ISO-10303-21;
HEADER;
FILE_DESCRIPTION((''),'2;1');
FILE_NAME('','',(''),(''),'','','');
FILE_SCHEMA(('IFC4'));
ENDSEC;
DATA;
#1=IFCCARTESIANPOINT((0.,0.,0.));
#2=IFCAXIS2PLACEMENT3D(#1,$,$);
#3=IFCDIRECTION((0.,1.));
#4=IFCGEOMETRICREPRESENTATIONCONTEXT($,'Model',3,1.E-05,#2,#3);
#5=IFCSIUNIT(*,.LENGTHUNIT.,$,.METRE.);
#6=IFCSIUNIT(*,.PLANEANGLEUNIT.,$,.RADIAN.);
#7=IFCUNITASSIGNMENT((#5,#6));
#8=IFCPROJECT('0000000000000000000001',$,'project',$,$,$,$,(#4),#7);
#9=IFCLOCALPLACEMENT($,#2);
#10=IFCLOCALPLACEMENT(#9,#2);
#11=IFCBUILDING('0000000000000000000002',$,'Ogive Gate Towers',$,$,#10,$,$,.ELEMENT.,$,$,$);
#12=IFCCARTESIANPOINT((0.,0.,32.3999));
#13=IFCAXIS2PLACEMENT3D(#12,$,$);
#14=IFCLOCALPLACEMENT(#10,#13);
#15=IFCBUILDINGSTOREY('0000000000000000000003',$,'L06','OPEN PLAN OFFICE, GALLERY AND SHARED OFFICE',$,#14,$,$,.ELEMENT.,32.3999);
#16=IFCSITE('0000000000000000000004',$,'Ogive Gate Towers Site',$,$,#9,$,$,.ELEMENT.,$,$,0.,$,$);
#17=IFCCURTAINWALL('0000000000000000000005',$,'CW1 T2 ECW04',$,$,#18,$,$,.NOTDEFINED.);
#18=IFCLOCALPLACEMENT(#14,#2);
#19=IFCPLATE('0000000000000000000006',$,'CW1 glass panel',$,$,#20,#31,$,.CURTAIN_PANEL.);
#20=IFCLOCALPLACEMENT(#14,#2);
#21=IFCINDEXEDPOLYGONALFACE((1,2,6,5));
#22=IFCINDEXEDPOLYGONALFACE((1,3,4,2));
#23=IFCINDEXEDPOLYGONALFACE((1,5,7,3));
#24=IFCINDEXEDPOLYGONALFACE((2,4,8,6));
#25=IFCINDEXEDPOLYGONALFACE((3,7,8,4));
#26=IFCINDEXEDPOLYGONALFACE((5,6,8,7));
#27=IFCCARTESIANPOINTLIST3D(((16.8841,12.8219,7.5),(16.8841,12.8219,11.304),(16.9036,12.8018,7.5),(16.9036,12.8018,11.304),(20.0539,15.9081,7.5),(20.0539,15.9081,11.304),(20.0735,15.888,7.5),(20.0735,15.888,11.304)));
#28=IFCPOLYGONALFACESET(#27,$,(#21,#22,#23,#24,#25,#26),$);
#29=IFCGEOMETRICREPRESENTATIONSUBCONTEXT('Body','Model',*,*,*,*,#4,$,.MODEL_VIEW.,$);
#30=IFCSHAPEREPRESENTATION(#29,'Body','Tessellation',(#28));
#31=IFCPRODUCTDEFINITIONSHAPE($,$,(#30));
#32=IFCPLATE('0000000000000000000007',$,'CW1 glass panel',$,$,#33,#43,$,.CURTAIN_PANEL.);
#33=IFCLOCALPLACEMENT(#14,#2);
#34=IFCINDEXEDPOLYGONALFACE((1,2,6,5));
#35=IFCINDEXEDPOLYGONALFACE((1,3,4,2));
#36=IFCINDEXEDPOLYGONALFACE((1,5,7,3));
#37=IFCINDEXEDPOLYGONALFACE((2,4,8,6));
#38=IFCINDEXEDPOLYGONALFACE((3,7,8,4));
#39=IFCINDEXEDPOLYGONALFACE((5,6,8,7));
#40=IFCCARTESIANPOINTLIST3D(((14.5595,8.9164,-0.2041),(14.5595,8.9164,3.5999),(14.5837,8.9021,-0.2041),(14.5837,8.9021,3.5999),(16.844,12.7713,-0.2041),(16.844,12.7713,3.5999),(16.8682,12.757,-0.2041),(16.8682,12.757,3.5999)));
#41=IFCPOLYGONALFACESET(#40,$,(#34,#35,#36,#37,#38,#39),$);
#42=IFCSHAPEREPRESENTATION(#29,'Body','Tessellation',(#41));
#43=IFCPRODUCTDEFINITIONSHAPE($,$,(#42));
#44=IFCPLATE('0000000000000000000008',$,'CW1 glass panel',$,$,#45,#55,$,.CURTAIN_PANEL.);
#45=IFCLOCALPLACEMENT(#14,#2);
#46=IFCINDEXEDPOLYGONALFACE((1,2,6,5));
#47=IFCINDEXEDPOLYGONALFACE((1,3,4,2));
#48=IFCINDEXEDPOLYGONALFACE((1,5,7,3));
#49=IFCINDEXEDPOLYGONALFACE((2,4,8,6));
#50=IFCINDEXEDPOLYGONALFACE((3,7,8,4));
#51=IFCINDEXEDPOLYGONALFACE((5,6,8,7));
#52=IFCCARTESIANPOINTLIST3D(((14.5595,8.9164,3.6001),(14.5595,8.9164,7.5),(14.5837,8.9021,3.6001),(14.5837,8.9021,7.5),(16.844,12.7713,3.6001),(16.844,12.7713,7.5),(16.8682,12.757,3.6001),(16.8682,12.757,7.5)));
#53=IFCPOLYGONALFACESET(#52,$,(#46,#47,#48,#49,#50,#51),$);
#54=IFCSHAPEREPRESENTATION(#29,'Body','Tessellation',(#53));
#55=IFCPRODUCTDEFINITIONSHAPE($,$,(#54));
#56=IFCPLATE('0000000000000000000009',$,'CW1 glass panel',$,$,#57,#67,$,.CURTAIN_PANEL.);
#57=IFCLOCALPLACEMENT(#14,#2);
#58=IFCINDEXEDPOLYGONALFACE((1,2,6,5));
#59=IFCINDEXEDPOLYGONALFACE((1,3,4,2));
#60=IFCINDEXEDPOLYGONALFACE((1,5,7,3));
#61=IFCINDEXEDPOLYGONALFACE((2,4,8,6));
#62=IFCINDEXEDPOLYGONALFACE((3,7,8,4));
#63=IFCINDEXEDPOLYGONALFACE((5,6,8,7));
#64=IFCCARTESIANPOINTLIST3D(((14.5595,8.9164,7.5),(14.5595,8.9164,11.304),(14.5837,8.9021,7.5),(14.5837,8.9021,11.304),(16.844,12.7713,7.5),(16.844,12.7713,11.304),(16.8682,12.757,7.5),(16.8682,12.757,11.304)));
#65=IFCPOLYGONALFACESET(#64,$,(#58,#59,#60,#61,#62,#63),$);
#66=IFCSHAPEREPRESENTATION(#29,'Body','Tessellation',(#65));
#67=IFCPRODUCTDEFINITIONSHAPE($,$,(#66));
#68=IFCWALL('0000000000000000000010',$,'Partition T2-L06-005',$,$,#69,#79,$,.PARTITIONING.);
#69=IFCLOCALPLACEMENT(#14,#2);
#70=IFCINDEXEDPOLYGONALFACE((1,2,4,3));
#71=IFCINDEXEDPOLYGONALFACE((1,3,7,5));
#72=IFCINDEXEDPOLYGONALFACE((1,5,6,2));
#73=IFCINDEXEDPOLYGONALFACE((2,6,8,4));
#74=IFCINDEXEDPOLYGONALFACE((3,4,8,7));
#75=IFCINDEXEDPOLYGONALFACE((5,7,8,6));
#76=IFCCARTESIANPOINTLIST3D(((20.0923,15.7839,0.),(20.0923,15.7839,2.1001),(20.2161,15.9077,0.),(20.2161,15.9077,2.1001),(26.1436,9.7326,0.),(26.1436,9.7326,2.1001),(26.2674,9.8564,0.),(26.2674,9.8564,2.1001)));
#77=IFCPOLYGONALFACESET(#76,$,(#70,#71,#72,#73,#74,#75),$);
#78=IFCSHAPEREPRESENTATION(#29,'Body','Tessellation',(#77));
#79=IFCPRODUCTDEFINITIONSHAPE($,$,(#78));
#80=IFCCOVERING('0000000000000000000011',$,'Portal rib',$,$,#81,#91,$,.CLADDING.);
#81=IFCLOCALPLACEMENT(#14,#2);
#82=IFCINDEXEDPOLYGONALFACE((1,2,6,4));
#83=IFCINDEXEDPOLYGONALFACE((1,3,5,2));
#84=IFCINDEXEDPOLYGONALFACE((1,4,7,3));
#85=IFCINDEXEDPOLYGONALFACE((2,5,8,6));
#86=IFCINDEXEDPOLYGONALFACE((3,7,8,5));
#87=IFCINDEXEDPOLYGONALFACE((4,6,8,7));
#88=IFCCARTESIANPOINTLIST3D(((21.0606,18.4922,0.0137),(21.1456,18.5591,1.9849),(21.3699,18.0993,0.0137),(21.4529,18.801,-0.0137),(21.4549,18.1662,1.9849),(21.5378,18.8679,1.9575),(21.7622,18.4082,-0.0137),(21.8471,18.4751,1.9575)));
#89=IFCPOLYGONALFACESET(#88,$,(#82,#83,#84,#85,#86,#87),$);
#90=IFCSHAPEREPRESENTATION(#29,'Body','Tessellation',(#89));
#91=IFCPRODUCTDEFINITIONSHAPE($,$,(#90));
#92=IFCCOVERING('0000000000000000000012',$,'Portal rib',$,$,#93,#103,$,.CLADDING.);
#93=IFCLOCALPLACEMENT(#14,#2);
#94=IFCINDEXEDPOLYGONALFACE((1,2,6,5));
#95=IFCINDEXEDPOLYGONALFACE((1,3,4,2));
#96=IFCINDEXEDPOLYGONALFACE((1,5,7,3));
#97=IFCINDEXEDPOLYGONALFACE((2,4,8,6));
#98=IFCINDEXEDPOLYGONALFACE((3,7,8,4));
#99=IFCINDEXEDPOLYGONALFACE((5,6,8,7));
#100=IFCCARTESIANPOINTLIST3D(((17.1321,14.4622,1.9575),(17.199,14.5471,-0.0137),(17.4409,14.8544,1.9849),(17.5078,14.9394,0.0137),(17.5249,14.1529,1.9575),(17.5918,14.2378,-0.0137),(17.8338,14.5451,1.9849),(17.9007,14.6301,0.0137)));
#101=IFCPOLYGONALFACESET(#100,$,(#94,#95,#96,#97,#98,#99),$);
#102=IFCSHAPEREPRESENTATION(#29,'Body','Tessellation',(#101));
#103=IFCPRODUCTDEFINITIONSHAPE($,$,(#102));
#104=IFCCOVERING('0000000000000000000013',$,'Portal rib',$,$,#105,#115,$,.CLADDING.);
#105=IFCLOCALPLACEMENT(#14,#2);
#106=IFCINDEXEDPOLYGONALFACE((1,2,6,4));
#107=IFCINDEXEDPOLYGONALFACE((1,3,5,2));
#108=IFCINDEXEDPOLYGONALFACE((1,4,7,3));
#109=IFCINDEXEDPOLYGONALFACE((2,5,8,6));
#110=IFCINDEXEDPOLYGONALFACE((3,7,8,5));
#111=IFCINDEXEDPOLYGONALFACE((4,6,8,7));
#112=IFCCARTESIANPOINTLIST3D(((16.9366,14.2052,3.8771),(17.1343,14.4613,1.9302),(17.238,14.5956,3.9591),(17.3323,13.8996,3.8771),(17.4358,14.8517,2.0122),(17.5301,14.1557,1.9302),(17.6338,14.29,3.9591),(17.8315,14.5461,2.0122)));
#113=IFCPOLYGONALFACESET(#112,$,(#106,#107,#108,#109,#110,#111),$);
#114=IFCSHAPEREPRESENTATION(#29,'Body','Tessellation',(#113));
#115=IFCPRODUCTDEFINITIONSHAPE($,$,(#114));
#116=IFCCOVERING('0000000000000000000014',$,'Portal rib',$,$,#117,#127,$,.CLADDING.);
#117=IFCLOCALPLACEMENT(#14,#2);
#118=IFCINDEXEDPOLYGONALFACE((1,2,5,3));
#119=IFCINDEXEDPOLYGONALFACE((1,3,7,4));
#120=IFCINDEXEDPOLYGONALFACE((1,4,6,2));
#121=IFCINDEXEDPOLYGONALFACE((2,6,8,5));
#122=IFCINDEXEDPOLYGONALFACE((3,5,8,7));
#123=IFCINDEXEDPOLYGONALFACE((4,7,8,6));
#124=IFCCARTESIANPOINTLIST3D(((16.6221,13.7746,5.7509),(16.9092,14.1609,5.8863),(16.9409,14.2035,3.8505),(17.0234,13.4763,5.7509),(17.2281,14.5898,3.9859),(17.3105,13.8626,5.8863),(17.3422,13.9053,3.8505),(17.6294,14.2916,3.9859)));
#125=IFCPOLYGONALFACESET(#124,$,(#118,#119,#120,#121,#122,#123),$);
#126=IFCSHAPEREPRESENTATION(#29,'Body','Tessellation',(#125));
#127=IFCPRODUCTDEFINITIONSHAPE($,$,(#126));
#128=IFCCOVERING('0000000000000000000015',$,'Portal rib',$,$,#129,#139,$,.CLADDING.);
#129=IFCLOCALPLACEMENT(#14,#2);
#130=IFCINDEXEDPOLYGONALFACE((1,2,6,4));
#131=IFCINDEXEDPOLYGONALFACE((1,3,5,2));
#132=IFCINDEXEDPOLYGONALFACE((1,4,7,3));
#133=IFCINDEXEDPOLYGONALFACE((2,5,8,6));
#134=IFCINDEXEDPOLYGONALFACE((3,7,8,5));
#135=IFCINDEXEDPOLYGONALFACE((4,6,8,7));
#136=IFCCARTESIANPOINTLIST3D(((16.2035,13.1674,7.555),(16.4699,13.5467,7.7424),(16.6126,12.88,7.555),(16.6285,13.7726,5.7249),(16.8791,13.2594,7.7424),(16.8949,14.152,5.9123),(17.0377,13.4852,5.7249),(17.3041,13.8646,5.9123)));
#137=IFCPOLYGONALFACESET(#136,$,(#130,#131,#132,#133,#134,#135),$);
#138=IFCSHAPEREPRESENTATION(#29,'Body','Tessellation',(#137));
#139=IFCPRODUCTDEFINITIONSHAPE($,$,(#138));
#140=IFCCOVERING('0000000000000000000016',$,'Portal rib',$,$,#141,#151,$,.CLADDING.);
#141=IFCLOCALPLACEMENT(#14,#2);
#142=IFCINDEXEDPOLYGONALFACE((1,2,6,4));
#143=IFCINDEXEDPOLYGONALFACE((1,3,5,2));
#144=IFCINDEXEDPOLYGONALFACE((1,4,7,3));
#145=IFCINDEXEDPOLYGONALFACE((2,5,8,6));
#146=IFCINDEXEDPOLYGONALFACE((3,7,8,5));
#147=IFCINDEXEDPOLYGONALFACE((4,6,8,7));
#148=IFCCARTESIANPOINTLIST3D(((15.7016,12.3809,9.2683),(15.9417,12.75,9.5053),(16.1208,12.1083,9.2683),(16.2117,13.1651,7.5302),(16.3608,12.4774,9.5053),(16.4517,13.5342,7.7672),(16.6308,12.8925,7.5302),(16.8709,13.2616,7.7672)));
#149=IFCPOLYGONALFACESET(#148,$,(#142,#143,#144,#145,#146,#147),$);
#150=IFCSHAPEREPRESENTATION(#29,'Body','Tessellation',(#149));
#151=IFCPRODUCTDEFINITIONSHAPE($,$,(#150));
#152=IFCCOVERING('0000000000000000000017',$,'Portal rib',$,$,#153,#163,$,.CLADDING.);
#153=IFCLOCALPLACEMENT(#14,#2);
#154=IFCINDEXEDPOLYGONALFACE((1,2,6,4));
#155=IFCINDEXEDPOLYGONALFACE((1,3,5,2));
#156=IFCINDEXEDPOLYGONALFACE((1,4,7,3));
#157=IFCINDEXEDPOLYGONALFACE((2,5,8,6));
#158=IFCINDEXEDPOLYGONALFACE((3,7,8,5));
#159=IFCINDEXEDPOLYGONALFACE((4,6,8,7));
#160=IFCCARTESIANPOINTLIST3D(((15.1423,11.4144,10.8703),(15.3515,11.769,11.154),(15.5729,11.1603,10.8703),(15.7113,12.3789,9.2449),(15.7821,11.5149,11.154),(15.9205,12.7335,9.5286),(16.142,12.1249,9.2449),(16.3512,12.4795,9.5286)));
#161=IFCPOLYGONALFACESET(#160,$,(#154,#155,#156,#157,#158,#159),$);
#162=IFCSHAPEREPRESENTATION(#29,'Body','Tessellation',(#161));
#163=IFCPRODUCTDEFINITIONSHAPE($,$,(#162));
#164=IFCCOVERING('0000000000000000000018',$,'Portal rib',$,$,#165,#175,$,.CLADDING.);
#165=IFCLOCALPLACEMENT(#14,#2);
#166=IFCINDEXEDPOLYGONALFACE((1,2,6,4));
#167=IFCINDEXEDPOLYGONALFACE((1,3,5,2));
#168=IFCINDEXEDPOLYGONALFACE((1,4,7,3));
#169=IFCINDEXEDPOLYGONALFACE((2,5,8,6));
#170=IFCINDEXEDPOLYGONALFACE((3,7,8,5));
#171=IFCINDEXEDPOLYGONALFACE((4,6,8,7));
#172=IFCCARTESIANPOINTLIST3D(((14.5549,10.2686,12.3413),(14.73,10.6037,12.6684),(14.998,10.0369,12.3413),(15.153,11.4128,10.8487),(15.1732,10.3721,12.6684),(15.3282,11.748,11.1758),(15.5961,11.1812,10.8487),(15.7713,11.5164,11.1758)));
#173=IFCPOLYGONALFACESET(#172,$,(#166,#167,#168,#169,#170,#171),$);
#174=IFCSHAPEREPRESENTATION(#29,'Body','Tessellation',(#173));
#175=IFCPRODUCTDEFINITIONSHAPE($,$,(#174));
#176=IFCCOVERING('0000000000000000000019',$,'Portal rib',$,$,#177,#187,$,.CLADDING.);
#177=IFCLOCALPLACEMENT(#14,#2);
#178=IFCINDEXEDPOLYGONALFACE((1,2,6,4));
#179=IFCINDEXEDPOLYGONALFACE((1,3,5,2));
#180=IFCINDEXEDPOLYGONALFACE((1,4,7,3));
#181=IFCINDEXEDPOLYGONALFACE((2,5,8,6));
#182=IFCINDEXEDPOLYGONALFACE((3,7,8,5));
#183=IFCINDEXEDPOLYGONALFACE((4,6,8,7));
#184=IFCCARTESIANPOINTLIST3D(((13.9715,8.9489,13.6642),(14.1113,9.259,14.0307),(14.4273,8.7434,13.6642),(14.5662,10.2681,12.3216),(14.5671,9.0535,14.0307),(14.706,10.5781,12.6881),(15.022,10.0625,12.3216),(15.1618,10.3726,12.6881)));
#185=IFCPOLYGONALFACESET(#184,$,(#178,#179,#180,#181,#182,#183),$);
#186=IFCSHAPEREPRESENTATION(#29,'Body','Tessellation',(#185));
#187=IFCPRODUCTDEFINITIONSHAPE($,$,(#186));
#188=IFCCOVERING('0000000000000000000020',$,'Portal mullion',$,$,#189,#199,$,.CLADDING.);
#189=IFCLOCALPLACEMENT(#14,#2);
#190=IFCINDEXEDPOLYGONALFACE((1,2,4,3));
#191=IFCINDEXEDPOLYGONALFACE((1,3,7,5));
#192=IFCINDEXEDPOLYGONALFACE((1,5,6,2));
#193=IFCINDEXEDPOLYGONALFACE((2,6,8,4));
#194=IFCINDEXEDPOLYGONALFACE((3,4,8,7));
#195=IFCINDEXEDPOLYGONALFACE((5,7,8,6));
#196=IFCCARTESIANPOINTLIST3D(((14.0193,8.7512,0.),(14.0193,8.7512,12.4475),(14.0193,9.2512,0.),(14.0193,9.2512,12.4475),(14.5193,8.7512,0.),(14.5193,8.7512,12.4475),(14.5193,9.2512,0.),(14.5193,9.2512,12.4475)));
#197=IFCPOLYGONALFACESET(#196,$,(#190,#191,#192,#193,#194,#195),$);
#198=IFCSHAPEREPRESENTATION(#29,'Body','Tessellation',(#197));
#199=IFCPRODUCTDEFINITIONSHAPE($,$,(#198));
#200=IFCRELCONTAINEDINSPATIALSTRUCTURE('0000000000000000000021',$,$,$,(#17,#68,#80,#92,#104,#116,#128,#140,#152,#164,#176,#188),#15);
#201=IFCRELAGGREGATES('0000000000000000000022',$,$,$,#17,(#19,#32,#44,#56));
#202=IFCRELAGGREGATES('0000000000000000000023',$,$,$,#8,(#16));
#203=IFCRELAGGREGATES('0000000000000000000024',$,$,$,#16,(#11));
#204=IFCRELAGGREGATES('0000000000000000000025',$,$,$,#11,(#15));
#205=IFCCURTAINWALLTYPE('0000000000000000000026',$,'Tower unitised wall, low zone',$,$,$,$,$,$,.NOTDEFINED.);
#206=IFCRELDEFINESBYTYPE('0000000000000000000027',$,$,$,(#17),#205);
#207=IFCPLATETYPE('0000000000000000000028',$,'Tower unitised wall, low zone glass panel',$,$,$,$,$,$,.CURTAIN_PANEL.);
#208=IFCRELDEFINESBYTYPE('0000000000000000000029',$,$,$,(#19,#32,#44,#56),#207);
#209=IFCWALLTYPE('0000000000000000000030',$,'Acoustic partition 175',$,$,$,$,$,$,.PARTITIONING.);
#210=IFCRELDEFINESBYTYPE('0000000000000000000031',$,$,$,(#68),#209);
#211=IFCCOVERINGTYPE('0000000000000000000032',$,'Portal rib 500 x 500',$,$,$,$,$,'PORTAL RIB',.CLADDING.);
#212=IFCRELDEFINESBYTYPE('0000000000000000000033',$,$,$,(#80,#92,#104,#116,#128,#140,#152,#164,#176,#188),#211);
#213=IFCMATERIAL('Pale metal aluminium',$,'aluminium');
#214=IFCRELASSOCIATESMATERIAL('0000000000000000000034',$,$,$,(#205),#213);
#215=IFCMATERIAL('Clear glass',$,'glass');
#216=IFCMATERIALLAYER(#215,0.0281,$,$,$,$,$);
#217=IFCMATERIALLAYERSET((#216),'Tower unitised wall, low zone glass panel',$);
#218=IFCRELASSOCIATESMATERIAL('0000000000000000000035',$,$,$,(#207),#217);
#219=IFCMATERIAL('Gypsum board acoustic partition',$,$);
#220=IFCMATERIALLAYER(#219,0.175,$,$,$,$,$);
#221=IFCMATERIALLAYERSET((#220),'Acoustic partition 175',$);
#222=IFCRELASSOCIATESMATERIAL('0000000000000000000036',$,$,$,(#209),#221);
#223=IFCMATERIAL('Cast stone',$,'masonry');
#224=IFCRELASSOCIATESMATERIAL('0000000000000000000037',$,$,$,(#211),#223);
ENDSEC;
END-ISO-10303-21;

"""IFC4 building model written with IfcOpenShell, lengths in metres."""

from ifc_helpers import new_model, si_unit, direction, frame, frame_2d, origin, origin_2d, place, context, subcontext, project, spatial, rectangle, extrude, material, layer, layer_set, material_profile, profile_set, type_object, element, aggregate, save


model = new_model("IFC4")

# Units and contexts
model_context = context("Model", 3, precision=1e-05, world=origin(), true_north=direction((0.0, 1.0)))
body_context = subcontext(model_context, "Body", "Model", "MODEL_VIEW")
ifc_project = project(units=[si_unit("LENGTHUNIT", "METRE"), si_unit("PLANEANGLEUNIT", "RADIAN")], contexts=[model_context])

# Site, building, storey
site_placement = place(None, origin())
site = spatial("IfcSite", under=ifc_project, at=site_placement, Name="Ogive Gate Towers Site", CompositionType="ELEMENT", RefElevation=0.0)
building_placement = place(site_placement, origin())
building = spatial("IfcBuilding", under=site, at=building_placement, Name="Ogive Gate Towers", CompositionType="ELEMENT")
storey_placement = place(building_placement, frame((0.0, 0.0, 32.3999)))
storey = spatial("IfcBuildingStorey", under=building, at=storey_placement, Name="L06", Description="OPEN PLAN OFFICE, GALLERY AND SHARED OFFICE", CompositionType="ELEMENT", Elevation=32.3999)

# Shared definitions
ifc_material_1 = material(Name="Pale metal aluminium", Category="aluminium")
curtain_wall_type = type_object("IfcCurtainWallType", Name="Tower unitised wall, low zone", PredefinedType="NOTDEFINED", material=ifc_material_1)

# Curtain wall, plates
curtain_wall_1_placement = place(storey_placement, origin())
curtain_wall_1 = element("IfcCurtainWall", 1, at=curtain_wall_1_placement, inside=storey, type_object=curtain_wall_type, Name="CW1 T2 ECW04", PredefinedType="NOTDEFINED")
ifc_material_2 = material(Name="Clear glass", Category="glass")
ifc_layer_1 = layer(ifc_material_2, 0.0281)
ifc_layer_set_1 = layer_set([ifc_layer_1], Name="Tower unitised wall, low zone glass panel")
plate_type = type_object("IfcPlateType", Name="Tower unitised wall, low zone glass panel", PredefinedType="CURTAIN_PANEL", material=ifc_layer_set_1)
plate_1_placement = place(storey_placement, frame((18.4788, 14.355, 7.5), z_axis=(0.0, 0.0, 1.0), x_axis=(-0.716497, -0.69759, 0.0)))
plate_1 = element("IfcPlate", 2, at=plate_1_placement, type_object=plate_type, Name="CW1 glass panel", PredefinedType="CURTAIN_PANEL", context=body_context, shape_type="SweptSolid", body=[
    extrude(rectangle(XDim=4.4241, YDim=0.0281, at=origin_2d()), origin(), (0.0, 0.0, 1.0), 3.804),
])
plate_2_placement = place(storey_placement, frame((15.7139, 10.8367, -0.2041), z_axis=(0.0, 0.0, 1.0), x_axis=(-0.509822, -0.86028, 0.0)))
plate_2 = element("IfcPlate", 3, at=plate_2_placement, type_object=plate_type, Name="CW1 glass panel", PredefinedType="CURTAIN_PANEL", context=body_context, shape_type="SweptSolid", body=[
    extrude(rectangle(XDim=4.481, YDim=0.0281, at=origin_2d()), origin(), (0.0, 0.0, 1.0), 3.804),
])
plate_3_placement = place(storey_placement, frame((15.7139, 10.8367, 3.6001), z_axis=(0.0, 0.0, 1.0), x_axis=(-0.509822, -0.86028, 0.0)))
plate_3 = element("IfcPlate", 4, at=plate_3_placement, type_object=plate_type, Name="CW1 glass panel", PredefinedType="CURTAIN_PANEL", context=body_context, shape_type="SweptSolid", body=[
    extrude(rectangle(XDim=4.481, YDim=0.0281, at=origin_2d()), origin(), (0.0, 0.0, 1.0), 3.8999),
])
plate_4_placement = place(storey_placement, frame((15.7139, 10.8367, 7.5), z_axis=(0.0, 0.0, 1.0), x_axis=(-0.509822, -0.86028, 0.0)))
plate_4 = element("IfcPlate", 5, at=plate_4_placement, type_object=plate_type, Name="CW1 glass panel", PredefinedType="CURTAIN_PANEL", context=body_context, shape_type="SweptSolid", body=[
    extrude(rectangle(XDim=4.481, YDim=0.0281, at=origin_2d()), origin(), (0.0, 0.0, 1.0), 3.804),
])
aggregate(curtain_wall_1, [plate_1, plate_2, plate_3, plate_4])

# Wall
ifc_material_3 = material(Name="Gypsum board acoustic partition")
ifc_layer_2 = layer(ifc_material_3, 0.175)
ifc_layer_set_2 = layer_set([ifc_layer_2], Name="Acoustic partition 175")
wall_type = type_object("IfcWallType", Name="Acoustic partition 175", PredefinedType="PARTITIONING", material=ifc_layer_set_2)
wall_placement = place(storey_placement, frame((20.1543, 15.8457, 0.0), z_axis=(0.0, 0.0, 1.0), x_axis=(0.707107, -0.707107, 0.0)))
element("IfcWall", 6, at=wall_placement, inside=storey, type_object=wall_type, Name="Partition T2-L06-005", PredefinedType="PARTITIONING", context=body_context, shape_type="SweptSolid", body=[
    extrude(rectangle(XDim=8.5579, YDim=0.175, at=frame_2d((4.2788, 0.0))), origin(), (0.0, 0.0, 1.0), 2.1001),
])

# Coverings
ifc_material_4 = material(Name="Cast stone", Category="masonry")
ifc_material_profile_1 = material_profile(ifc_material_4, rectangle(XDim=0.5, YDim=0.5, at=origin_2d()), Name="500 x 500 cast stone")
ifc_profile_set_1 = profile_set([ifc_material_profile_1], Name="Cast stone")
covering_type = type_object("IfcCoveringType", Name="Portal rib 500 x 500", ElementType="PORTAL RIB", PredefinedType="CLADDING", material=ifc_profile_set_1)
for number, where, z_axis, x_axis, name in (
    (7, (21.4114, 18.4502, 0.0), (0.043037, 0.033885, 0.998499), (-0.618619, 0.785691, 0.0), "Portal rib"),
    (8, (17.5498, 14.5886, 0.0), (-0.033885, -0.043037, 0.998499), (0.785691, -0.618619, 0.0), "Portal rib"),
):
    element("IfcCovering", number, at=place(storey_placement, frame(where, z_axis=z_axis, x_axis=x_axis)), inside=storey, type_object=covering_type, Name=name, PredefinedType="CLADDING", context=body_context, shape_type="SweptSolid", body=[
        extrude(rectangle(XDim=0.5, YDim=0.5, at=origin_2d()), origin(), (0.0, 0.0, 1.0), 1.9741),
    ])
covering_1_placement = place(storey_placement, frame((17.4829, 14.5037, 1.9712), z_axis=(-0.100193, -0.129756, 0.986471), x_axis=(0.791501, -0.611168, 0.0)))
element("IfcCovering", 9, at=covering_1_placement, inside=storey, type_object=covering_type, Name="Portal rib", PredefinedType="CLADDING", context=body_context, shape_type="SweptSolid", body=[
    extrude(rectangle(XDim=0.5, YDim=0.5, at=origin_2d()), origin(), (0.0, 0.0, 1.0), 1.9736),
])
covering_2_placement = place(storey_placement, frame((17.2852, 14.2476, 3.9182), z_axis=(-0.161514, -0.217289, 0.962652), x_axis=(0.802569, -0.596559, 0.0)))
element("IfcCovering", 10, at=covering_2_placement, inside=storey, type_object=covering_type, Name="Portal rib", PredefinedType="CLADDING", context=body_context, shape_type="SweptSolid", body=[
    extrude(rectangle(XDim=0.5, YDim=0.5, at=origin_2d()), origin(), (0.0, 0.0, 1.0), 1.9741),
])
for number, where, z_axis, x_axis, name in (
    (11, (16.9663, 13.8186, 5.8186), (-0.215338, -0.306619, 0.927154), (0.818347, -0.574725, 0.0), "Portal rib"),
    (12, (16.5413, 13.2134, 7.6487), (-0.258392, -0.397298, 0.880561), (0.8383, -0.545208, 0.0), "Portal rib"),
    (13, (16.0312, 12.4292, 9.3867), (-0.288299, -0.488661, 0.823464), (0.861278, -0.508134, 0.0), "Portal rib"),
):
    element("IfcCovering", number, at=place(storey_placement, frame(where, z_axis=z_axis, x_axis=x_axis)), inside=storey, type_object=covering_type, Name=name, PredefinedType="CLADDING", context=body_context, shape_type="SweptSolid", body=[
        extrude(rectangle(XDim=0.5, YDim=0.5, at=origin_2d()), origin(), (0.0, 0.0, 1.0), 1.9739),
    ])
covering_3_placement = place(storey_placement, frame((15.4622, 11.4646, 11.0122), z_axis=(-0.303067, -0.579785, 0.756306), x_axis=(0.886227, -0.463251, 0.0)))
element("IfcCovering", 14, at=covering_3_placement, inside=storey, type_object=covering_type, Name="Portal rib", PredefinedType="CLADDING", context=body_context, shape_type="SweptSolid", body=[
    extrude(rectangle(XDim=0.5, YDim=0.5, at=origin_2d()), origin(), (0.0, 0.0, 1.0), 1.9736),
])
covering_4_placement = place(storey_placement, frame((14.864, 10.3203, 12.5049), z_axis=(-0.301303, -0.668283, 0.680157), x_axis=(0.911628, -0.411017, 0.0)))
element("IfcCovering", 15, at=covering_4_placement, inside=storey, type_object=covering_type, Name="Portal rib", PredefinedType="CLADDING", context=body_context, shape_type="SweptSolid", body=[
    extrude(rectangle(XDim=0.5, YDim=0.5, at=origin_2d()), origin(), (0.0, 0.0, 1.0), 1.9739),
])
covering_5_placement = place(storey_placement, frame((14.2693, 9.0012, 0.0), z_axis=(0.0, 0.0, 1.0), x_axis=(1.0, 0.0, 0.0)))
element("IfcCovering", 16, at=covering_5_placement, inside=storey, type_object=covering_type, Name="Portal mullion", PredefinedType="CLADDING", context=body_context, shape_type="SweptSolid", body=[
    extrude(rectangle(XDim=0.5, YDim=0.5, at=origin_2d()), origin(), (0.0, 0.0, 1.0), 12.4475),
])

save(model, "model.ifc")
